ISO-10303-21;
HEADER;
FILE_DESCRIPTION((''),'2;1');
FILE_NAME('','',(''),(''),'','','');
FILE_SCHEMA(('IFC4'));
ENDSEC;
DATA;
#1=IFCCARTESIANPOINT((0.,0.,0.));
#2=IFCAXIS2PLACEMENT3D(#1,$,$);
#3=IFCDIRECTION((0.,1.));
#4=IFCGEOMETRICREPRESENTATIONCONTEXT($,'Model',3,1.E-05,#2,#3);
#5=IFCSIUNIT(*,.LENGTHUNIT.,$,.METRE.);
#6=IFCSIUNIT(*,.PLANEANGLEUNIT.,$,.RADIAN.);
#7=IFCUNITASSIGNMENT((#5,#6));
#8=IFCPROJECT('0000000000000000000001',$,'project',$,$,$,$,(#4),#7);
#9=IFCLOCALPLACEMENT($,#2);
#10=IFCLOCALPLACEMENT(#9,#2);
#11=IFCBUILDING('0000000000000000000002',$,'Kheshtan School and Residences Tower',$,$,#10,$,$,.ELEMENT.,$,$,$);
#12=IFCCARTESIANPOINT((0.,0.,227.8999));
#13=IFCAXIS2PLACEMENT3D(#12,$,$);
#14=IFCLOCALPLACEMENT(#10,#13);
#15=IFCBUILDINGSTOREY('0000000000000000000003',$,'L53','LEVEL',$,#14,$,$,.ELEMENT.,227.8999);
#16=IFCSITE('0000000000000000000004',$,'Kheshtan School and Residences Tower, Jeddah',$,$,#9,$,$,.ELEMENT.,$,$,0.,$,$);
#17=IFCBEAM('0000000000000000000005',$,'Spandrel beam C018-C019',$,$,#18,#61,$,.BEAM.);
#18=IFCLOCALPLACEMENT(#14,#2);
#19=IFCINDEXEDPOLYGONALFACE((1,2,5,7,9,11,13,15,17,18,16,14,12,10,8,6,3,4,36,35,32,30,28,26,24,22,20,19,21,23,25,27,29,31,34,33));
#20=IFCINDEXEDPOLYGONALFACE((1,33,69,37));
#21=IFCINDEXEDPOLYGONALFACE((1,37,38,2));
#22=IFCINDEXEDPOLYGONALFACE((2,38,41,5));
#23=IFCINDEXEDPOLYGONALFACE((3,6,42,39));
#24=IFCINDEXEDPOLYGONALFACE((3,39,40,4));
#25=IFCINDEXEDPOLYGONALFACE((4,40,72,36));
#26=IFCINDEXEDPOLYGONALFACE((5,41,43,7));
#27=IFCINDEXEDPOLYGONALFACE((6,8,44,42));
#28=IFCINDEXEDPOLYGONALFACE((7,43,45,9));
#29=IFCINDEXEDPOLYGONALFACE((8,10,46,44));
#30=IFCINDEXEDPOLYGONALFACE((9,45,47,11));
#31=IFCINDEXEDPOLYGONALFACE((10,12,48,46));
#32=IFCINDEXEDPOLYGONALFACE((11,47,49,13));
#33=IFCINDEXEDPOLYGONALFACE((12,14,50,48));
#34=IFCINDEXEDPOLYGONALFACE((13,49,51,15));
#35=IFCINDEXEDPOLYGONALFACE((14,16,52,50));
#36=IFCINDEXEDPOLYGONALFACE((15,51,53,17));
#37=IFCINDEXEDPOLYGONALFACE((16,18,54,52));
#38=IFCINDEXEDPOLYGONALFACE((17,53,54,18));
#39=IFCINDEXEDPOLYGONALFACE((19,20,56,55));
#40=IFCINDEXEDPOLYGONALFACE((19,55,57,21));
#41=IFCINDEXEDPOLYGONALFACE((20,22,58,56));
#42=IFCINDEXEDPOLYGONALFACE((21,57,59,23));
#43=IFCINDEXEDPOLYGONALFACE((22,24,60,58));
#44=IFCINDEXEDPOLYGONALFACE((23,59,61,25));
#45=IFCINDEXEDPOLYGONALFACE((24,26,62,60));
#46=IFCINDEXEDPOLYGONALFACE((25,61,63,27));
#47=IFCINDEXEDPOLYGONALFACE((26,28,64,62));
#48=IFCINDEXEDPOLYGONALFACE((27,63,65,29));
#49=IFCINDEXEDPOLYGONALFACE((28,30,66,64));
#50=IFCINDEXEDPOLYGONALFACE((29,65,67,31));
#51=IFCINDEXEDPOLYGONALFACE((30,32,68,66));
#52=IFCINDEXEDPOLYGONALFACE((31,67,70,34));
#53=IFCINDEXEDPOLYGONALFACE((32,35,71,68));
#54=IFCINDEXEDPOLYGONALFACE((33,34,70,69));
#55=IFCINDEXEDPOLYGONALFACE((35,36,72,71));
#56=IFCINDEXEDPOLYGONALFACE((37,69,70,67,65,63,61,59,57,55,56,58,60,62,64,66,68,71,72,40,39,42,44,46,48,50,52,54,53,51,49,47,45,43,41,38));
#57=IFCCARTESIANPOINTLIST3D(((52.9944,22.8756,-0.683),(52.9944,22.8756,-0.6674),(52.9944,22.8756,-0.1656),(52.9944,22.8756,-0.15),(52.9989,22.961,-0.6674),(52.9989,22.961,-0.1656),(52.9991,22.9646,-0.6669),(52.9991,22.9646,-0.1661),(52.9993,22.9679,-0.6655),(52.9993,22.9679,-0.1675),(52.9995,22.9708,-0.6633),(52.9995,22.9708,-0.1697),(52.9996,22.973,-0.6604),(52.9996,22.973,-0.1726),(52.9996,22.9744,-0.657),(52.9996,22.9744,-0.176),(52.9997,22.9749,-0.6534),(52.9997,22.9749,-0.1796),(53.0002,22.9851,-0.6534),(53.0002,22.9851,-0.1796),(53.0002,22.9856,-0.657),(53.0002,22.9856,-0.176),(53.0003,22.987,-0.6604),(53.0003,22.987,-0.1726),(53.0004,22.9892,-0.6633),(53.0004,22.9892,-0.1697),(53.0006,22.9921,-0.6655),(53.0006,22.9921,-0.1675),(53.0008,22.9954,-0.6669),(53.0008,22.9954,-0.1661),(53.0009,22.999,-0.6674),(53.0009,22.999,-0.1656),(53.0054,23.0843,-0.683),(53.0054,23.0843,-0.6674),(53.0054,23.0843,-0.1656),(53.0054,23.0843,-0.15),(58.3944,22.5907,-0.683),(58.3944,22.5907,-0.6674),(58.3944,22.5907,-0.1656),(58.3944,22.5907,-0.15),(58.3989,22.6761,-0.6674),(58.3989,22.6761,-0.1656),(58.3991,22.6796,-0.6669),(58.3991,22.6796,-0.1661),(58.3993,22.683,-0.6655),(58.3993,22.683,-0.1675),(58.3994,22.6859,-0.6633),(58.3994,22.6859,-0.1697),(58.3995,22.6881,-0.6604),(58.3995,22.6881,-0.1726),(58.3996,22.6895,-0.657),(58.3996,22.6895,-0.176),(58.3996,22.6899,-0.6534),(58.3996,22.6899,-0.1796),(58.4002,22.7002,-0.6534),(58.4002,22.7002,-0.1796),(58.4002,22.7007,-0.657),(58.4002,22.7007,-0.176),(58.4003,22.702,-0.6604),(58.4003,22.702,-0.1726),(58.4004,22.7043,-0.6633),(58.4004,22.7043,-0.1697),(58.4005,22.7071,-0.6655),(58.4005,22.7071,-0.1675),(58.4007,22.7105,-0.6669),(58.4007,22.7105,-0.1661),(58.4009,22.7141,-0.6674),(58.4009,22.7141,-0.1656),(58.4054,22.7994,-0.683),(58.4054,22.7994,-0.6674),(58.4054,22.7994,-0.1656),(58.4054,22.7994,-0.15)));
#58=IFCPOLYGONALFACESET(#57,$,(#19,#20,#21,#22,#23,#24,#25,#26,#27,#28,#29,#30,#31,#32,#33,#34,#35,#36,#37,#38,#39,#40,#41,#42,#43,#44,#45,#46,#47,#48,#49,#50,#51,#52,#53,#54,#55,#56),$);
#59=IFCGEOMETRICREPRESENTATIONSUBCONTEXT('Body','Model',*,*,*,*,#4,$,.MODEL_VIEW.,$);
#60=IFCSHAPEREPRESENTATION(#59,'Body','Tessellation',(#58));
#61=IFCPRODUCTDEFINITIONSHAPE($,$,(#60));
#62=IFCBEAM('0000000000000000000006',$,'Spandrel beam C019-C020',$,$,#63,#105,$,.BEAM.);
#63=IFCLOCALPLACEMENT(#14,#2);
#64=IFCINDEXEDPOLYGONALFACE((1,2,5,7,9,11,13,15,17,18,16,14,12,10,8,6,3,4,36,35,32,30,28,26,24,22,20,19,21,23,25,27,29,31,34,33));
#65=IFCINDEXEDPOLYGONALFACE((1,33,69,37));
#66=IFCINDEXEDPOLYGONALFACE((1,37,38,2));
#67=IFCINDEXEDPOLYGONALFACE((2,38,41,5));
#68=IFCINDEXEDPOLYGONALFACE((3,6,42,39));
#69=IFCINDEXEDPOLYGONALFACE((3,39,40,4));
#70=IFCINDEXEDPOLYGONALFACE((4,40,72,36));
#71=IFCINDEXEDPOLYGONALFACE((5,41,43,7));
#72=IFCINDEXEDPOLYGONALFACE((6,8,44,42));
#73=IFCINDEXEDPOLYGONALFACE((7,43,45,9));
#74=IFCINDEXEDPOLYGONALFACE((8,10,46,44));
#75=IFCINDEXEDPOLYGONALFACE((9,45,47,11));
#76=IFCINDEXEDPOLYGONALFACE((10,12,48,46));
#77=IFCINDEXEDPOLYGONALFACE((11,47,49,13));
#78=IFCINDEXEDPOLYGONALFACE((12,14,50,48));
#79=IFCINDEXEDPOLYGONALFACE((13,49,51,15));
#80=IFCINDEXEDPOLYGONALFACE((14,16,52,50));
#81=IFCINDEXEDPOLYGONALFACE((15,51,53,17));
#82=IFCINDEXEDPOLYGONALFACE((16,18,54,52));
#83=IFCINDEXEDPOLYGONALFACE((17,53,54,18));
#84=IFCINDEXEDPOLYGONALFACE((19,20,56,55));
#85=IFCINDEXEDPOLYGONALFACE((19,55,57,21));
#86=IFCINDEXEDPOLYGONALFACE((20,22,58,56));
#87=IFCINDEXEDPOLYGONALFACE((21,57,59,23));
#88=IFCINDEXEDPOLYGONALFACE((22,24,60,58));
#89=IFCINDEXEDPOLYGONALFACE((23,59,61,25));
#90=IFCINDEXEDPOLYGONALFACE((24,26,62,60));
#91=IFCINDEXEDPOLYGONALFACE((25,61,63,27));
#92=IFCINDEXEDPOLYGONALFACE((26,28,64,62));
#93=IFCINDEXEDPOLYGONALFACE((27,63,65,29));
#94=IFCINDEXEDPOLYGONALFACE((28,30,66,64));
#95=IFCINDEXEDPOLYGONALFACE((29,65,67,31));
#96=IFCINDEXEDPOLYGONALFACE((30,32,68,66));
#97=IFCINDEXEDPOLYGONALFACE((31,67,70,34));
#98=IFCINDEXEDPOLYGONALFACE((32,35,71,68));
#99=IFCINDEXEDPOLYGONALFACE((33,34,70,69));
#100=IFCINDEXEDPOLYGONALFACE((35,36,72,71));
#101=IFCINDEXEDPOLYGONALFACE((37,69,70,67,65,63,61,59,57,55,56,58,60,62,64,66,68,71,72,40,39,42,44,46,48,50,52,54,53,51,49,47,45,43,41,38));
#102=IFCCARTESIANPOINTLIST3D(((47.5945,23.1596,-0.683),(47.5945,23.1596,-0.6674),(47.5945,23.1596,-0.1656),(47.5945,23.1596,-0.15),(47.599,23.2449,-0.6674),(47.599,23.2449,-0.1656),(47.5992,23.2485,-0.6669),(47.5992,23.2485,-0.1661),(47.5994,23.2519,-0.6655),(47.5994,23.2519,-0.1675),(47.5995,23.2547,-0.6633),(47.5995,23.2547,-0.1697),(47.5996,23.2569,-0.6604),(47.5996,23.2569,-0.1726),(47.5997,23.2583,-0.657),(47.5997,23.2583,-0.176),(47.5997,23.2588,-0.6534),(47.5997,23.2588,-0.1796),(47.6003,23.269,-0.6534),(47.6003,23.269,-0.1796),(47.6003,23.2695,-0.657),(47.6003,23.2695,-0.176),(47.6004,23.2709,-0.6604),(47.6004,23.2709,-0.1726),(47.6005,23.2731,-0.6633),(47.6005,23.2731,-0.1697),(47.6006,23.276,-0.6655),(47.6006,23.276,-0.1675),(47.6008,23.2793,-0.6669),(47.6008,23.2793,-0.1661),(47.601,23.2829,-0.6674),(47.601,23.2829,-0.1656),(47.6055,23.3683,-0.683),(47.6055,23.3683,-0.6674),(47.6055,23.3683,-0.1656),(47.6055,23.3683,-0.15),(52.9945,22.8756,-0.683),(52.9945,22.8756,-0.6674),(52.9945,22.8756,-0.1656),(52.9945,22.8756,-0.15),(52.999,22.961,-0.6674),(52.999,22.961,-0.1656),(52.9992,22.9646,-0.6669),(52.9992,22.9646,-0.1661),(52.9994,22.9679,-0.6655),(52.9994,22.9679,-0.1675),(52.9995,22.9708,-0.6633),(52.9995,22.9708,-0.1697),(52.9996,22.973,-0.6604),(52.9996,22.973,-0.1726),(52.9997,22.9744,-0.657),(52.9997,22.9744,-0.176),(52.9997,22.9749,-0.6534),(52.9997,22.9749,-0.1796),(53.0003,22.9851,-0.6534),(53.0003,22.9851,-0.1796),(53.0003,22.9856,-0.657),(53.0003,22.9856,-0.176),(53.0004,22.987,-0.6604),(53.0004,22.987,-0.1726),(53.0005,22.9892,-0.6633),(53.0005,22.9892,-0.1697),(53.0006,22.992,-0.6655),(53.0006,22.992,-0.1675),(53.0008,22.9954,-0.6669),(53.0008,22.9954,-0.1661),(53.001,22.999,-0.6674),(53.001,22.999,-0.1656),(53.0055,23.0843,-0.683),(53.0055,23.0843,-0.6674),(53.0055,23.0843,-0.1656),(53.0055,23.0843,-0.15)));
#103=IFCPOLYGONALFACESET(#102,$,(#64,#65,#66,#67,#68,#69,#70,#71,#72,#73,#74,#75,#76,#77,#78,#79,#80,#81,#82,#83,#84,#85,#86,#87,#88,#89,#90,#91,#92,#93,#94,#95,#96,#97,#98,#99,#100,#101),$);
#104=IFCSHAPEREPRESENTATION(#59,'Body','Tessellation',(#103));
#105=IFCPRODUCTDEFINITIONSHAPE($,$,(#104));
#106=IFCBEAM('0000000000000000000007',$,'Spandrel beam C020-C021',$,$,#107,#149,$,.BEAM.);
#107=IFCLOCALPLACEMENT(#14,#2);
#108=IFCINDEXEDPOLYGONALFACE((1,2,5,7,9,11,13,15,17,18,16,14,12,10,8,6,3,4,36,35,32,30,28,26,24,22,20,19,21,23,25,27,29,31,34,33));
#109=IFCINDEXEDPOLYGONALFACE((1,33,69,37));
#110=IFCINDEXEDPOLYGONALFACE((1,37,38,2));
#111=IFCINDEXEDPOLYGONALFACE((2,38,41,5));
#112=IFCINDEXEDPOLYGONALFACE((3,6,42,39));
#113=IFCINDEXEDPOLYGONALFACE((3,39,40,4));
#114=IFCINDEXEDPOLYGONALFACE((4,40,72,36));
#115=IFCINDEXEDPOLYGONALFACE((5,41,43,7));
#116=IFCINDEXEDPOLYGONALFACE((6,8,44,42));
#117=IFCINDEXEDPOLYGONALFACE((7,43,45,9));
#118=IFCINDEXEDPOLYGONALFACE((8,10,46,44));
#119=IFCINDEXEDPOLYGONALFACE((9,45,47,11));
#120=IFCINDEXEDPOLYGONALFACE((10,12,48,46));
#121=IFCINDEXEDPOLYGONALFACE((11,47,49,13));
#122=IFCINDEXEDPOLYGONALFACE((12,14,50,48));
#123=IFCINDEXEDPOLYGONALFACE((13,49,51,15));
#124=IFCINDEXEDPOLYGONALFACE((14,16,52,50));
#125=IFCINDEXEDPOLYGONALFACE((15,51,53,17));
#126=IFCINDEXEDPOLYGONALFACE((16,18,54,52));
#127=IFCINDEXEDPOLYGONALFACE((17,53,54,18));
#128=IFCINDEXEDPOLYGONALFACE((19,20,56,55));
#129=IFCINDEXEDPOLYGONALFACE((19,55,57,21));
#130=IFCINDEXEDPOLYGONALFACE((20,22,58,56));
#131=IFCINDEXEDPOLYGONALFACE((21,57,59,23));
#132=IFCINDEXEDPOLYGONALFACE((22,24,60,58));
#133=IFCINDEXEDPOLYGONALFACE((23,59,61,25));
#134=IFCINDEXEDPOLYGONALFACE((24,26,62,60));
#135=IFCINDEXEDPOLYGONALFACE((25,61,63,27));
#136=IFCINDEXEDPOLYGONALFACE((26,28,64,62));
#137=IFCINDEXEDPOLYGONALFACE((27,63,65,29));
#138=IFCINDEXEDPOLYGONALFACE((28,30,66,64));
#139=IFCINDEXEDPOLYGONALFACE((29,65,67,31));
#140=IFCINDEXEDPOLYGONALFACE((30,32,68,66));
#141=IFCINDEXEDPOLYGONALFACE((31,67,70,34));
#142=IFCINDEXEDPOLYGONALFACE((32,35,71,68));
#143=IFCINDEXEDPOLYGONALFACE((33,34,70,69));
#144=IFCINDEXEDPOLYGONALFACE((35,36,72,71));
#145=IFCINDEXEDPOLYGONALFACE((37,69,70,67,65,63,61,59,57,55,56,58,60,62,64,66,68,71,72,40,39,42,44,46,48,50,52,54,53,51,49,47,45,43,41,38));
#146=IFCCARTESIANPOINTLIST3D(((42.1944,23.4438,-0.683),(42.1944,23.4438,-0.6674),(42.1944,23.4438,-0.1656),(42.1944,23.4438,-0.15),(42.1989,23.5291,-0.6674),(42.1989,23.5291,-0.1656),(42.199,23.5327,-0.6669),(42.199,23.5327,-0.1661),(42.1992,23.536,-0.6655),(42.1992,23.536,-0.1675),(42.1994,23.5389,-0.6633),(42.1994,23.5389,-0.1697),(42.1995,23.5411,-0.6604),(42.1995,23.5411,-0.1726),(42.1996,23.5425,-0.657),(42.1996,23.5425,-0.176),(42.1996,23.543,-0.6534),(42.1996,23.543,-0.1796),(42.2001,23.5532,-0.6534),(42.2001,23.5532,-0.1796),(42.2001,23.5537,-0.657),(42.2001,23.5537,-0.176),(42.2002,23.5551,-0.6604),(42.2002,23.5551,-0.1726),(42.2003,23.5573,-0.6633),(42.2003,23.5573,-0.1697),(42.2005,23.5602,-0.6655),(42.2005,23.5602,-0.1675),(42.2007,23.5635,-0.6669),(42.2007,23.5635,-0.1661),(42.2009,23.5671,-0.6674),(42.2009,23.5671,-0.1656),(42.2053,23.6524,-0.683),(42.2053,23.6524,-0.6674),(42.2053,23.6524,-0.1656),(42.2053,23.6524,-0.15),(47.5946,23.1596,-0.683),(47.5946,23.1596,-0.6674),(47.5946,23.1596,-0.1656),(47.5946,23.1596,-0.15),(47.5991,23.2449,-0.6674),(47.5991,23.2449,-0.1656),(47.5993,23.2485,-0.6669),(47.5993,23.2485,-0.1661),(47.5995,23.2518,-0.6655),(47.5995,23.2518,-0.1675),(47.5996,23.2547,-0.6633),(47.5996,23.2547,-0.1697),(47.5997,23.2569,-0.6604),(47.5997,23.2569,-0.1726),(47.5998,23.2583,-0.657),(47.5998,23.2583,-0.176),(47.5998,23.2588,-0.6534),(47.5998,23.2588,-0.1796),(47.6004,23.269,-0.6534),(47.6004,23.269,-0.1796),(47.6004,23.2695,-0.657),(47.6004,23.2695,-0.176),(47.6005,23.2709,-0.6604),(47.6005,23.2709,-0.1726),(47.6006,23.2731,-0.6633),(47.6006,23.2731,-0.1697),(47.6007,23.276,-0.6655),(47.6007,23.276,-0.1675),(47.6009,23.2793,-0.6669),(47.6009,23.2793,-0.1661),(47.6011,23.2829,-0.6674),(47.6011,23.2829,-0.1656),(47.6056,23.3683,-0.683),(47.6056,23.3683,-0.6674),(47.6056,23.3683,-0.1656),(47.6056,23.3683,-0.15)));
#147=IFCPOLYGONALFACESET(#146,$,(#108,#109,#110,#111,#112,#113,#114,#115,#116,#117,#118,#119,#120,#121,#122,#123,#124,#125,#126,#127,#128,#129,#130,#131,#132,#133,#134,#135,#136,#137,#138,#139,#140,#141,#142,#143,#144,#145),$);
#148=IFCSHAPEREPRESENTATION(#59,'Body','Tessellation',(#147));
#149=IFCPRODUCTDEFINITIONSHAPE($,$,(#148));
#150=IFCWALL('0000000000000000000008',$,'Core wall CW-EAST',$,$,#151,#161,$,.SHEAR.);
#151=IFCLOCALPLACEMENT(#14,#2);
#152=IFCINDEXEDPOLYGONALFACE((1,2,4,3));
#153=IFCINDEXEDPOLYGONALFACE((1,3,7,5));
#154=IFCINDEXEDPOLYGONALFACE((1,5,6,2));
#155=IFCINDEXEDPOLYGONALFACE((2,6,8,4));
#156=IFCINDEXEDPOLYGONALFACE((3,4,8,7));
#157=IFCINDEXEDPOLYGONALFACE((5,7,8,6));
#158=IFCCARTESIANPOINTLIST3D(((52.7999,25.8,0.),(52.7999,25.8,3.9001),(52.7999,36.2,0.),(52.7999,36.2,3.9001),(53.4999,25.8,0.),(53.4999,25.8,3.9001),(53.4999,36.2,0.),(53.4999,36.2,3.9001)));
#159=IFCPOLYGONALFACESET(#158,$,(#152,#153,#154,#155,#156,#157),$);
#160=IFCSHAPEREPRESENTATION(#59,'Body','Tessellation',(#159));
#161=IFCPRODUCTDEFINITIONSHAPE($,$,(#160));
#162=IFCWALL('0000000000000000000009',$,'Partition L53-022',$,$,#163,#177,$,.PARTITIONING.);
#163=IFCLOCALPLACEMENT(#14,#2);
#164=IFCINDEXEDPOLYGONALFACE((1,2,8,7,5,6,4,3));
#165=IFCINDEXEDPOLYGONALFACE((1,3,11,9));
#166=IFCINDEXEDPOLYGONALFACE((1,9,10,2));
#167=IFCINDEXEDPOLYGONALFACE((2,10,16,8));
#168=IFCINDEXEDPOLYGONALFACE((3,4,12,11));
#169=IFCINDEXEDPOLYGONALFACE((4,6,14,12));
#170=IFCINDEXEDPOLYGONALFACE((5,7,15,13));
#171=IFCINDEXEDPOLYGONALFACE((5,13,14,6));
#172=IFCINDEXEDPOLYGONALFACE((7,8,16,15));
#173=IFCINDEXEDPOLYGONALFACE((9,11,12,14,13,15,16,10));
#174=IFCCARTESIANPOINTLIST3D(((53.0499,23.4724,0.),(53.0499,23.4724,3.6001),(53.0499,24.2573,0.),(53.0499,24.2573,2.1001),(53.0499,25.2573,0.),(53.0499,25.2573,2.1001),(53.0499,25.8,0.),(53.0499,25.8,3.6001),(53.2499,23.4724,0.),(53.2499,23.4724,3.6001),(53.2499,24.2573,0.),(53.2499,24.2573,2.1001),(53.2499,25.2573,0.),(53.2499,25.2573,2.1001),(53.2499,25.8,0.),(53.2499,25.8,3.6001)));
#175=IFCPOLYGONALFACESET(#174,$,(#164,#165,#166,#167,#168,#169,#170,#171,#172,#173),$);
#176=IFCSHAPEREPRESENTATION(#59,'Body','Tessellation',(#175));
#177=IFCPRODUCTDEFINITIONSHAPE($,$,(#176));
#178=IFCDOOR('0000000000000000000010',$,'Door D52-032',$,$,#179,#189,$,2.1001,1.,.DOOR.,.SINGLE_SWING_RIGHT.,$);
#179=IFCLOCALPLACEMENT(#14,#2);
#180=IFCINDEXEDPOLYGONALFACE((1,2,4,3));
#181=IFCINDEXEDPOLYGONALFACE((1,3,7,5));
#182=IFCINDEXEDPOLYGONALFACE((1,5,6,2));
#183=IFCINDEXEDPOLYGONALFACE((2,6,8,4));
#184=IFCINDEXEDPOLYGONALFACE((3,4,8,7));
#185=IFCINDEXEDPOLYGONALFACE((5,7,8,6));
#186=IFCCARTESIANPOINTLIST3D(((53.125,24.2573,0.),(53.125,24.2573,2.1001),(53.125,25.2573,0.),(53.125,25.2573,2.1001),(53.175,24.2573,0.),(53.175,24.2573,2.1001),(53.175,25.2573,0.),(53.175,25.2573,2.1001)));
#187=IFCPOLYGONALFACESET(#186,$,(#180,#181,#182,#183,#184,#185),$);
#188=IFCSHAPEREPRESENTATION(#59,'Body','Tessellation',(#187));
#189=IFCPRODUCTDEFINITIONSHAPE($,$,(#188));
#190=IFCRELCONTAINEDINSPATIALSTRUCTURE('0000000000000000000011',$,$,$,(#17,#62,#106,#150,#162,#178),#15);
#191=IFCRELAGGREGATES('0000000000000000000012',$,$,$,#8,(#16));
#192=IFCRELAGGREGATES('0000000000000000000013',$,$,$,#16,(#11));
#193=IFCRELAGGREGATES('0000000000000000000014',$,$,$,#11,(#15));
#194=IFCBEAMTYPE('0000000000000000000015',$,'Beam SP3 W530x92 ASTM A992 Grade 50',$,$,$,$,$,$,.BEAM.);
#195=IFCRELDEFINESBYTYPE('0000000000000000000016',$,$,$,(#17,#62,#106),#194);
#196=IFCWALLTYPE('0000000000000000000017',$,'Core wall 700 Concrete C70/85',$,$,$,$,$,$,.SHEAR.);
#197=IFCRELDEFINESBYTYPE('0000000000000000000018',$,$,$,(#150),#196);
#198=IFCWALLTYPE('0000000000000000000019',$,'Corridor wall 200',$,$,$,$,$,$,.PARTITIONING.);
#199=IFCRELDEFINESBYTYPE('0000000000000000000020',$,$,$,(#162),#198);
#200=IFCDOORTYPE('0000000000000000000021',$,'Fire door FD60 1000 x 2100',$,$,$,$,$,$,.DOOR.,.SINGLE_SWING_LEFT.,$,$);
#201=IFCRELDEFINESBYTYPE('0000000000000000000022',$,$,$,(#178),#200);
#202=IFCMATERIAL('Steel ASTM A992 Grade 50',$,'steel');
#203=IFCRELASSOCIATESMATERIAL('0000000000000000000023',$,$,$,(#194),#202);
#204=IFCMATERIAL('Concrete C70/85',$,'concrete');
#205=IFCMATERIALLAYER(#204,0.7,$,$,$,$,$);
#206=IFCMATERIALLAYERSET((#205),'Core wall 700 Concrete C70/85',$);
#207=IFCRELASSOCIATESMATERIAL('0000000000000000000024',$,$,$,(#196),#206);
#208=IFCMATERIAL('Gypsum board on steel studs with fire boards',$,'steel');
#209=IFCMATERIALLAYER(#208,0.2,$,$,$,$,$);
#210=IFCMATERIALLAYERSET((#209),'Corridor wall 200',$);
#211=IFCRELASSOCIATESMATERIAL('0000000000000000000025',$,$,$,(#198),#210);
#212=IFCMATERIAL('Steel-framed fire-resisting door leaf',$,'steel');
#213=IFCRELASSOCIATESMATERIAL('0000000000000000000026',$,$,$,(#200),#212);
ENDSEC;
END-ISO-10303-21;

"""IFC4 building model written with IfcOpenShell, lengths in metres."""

from ifc_helpers import new_model, si_unit, direction, frame, frame_2d, origin, origin_2d, place, context, subcontext, project, spatial, rectangle, i_section, extrude, source, transform, mapped, material, layer, layer_set, material_profile, profile_set, type_object, element, fill, save


model = new_model("IFC4")

# Units and contexts
model_context = context("Model", 3, precision=1e-05, world=origin(), true_north=direction((0.0, 1.0)))
body_context = subcontext(model_context, "Body", "Model", "MODEL_VIEW")
ifc_project = project(units=[si_unit("LENGTHUNIT", "METRE"), si_unit("PLANEANGLEUNIT", "RADIAN")], contexts=[model_context])

# Site, building, storey
site_placement = place(None, origin())
site = spatial("IfcSite", under=ifc_project, at=site_placement, Name="Kheshtan School and Residences Tower, Jeddah", CompositionType="ELEMENT", RefElevation=0.0)
building_placement = place(site_placement, origin())
building = spatial("IfcBuilding", under=site, at=building_placement, Name="Kheshtan School and Residences Tower", CompositionType="ELEMENT")
storey_placement = place(building_placement, frame((0.0, 0.0, 227.8999)))
storey = spatial("IfcBuildingStorey", under=building, at=storey_placement, Name="L53", Description="LEVEL", CompositionType="ELEMENT", Elevation=227.8999)

# Shared definitions
ifc_material_1 = material(Name="Steel ASTM A992 Grade 50", Category="steel")

# Beams
ifc_material_profile_1 = material_profile(ifc_material_1, i_section(OverallWidth=0.209, OverallDepth=0.533, WebThickness=0.0103, FlangeThickness=0.0156, FilletRadius=0.0139, at=origin_2d()), Name="W530x92")
ifc_profile_set_1 = profile_set([ifc_material_profile_1], Name="Steel ASTM A992 Grade 50")
beam_type_1 = type_object("IfcBeamType", Name="Beam SP3 W530x92 ASTM A992 Grade 50", PredefinedType="BEAM", material=ifc_profile_set_1)
for number, where, z_axis, x_axis, name in (
    (1, (58.3999, 22.6951, -0.4165), (-0.998611, 0.052689, 0.0), (-0.052689, -0.998611, 0.0), "Spandrel beam C018-C019"),
    (2, (53.0, 22.98, -0.4165), (-0.99862, 0.052509, 0.0), (-0.052509, -0.99862, 0.0), "Spandrel beam C019-C020"),
):
    element("IfcBeam", number, at=place(storey_placement, frame(where, z_axis=z_axis, x_axis=x_axis)), inside=storey, type_object=beam_type_1, Name=name, PredefinedType="BEAM", context=body_context, shape_type="SweptSolid", body=[
        extrude(i_section(OverallWidth=0.209, OverallDepth=0.533, WebThickness=0.0103, FlangeThickness=0.0156, FilletRadius=0.0139, at=origin_2d()), origin(), (0.0, 0.0, 1.0), 5.4075),
    ])
beam_1_placement = place(storey_placement, frame((47.6001, 23.2639, -0.4165), z_axis=(-0.998618, 0.052552, 0.0), x_axis=(-0.052552, -0.998618, 0.0)))
element("IfcBeam", 3, at=beam_1_placement, inside=storey, type_object=beam_type_1, Name="Spandrel beam C020-C021", PredefinedType="BEAM", context=body_context, shape_type="SweptSolid", body=[
    extrude(i_section(OverallWidth=0.209, OverallDepth=0.533, WebThickness=0.0103, FlangeThickness=0.0156, FilletRadius=0.0139, at=origin_2d()), origin(), (0.0, 0.0, 1.0), 5.4077),
])

# Wall
ifc_material_2 = material(Name="Concrete C70/85", Category="concrete")
ifc_layer_1 = layer(ifc_material_2, 0.7)
ifc_layer_set_1 = layer_set([ifc_layer_1], Name="Core wall 700 Concrete C70/85")
wall_type_1 = type_object("IfcWallType", Name="Core wall 700 Concrete C70/85", PredefinedType="SHEAR", material=ifc_layer_set_1)
wall_1_placement = place(storey_placement, frame((53.1499, 25.8, 0.0), z_axis=(0.0, 0.0, 1.0), x_axis=(0.0, 1.0, 0.0)))
element("IfcWall", 4, at=wall_1_placement, inside=storey, type_object=wall_type_1, Name="Core wall CW-EAST", PredefinedType="SHEAR", context=body_context, shape_type="SweptSolid", body=[
    extrude(rectangle(XDim=10.3999, YDim=0.7, at=frame_2d((5.2, 0.0))), origin(), (0.0, 0.0, 1.0), 3.9001),
])

# Wall, opening, door
ifc_material_3 = material(Name="Gypsum board on steel studs with fire boards", Category="steel")
ifc_layer_2 = layer(ifc_material_3, 0.2)
ifc_layer_set_2 = layer_set([ifc_layer_2], Name="Corridor wall 200")
wall_type_2 = type_object("IfcWallType", Name="Corridor wall 200", PredefinedType="PARTITIONING", material=ifc_layer_set_2)
wall_2_placement = place(storey_placement, frame((53.1499, 23.4724, 0.0), z_axis=(0.0, 0.0, 1.0), x_axis=(0.0, 1.0, 0.0)))
wall_2 = element("IfcWall", 5, at=wall_2_placement, inside=storey, type_object=wall_type_2, Name="Partition L53-022", PredefinedType="PARTITIONING", context=body_context, shape_type="SweptSolid", body=[
    extrude(rectangle(XDim=2.3276, YDim=0.2, at=frame_2d((1.1638, 0.0))), origin(), (0.0, 0.0, 1.0), 3.6001),
])
opening_1_placement = place(wall_2_placement, frame((0.7849, 0.0, 0.0)))
opening_1 = element("IfcOpeningElement", 6, at=opening_1_placement, cuts=wall_2, PredefinedType="OPENING", context=body_context, shape_type="SweptSolid", body=[
    extrude(rectangle(XDim=1.0, YDim=2.1001, at=frame_2d((0.5, 1.05))), frame((0.0, 0.1099, 0.0), z_axis=(0.0, -1.0, 0.0), x_axis=(1.0, 0.0, 0.0)), (0.0, 0.0, 1.0), 0.22),
])
ifc_material_4 = material(Name="Steel-framed fire-resisting door leaf", Category="steel")
door_type_1 = type_object("IfcDoorType", Name="Fire door FD60 1000 x 2100", OperationType="SINGLE_SWING_LEFT", PredefinedType="DOOR", material=ifc_material_4)
shared_shape_1 = source(origin(), body_context, "Body", "SweptSolid", [
    extrude(rectangle(XDim=1.0, YDim=2.1001, at=frame_2d((0.5, 1.05))), frame((0.0, 0.0249, 0.0), z_axis=(0.0, -1.0, 0.0), x_axis=(1.0, 0.0, 0.0)), (0.0, 0.0, 1.0), 0.05),
])
door_1_placement = place(opening_1_placement, origin())
door_1 = element("IfcDoor", 7, at=door_1_placement, inside=storey, type_object=door_type_1, Name="Door D52-032", OperationType="SINGLE_SWING_RIGHT", OverallHeight=2.1001, OverallWidth=1.0, PredefinedType="DOOR", context=body_context, shape_type="MappedRepresentation", body=[
    mapped(shared_shape_1, transform((0.0, 0.0, 0.0), x_axis=(1.0, 0.0, 0.0), y_axis=(0.0, 1.0, 0.0), z_axis=(0.0, 0.0, 1.0), scale=1.0)),
])
fill(opening_1, door_1)

save(model, "model.ifc")
